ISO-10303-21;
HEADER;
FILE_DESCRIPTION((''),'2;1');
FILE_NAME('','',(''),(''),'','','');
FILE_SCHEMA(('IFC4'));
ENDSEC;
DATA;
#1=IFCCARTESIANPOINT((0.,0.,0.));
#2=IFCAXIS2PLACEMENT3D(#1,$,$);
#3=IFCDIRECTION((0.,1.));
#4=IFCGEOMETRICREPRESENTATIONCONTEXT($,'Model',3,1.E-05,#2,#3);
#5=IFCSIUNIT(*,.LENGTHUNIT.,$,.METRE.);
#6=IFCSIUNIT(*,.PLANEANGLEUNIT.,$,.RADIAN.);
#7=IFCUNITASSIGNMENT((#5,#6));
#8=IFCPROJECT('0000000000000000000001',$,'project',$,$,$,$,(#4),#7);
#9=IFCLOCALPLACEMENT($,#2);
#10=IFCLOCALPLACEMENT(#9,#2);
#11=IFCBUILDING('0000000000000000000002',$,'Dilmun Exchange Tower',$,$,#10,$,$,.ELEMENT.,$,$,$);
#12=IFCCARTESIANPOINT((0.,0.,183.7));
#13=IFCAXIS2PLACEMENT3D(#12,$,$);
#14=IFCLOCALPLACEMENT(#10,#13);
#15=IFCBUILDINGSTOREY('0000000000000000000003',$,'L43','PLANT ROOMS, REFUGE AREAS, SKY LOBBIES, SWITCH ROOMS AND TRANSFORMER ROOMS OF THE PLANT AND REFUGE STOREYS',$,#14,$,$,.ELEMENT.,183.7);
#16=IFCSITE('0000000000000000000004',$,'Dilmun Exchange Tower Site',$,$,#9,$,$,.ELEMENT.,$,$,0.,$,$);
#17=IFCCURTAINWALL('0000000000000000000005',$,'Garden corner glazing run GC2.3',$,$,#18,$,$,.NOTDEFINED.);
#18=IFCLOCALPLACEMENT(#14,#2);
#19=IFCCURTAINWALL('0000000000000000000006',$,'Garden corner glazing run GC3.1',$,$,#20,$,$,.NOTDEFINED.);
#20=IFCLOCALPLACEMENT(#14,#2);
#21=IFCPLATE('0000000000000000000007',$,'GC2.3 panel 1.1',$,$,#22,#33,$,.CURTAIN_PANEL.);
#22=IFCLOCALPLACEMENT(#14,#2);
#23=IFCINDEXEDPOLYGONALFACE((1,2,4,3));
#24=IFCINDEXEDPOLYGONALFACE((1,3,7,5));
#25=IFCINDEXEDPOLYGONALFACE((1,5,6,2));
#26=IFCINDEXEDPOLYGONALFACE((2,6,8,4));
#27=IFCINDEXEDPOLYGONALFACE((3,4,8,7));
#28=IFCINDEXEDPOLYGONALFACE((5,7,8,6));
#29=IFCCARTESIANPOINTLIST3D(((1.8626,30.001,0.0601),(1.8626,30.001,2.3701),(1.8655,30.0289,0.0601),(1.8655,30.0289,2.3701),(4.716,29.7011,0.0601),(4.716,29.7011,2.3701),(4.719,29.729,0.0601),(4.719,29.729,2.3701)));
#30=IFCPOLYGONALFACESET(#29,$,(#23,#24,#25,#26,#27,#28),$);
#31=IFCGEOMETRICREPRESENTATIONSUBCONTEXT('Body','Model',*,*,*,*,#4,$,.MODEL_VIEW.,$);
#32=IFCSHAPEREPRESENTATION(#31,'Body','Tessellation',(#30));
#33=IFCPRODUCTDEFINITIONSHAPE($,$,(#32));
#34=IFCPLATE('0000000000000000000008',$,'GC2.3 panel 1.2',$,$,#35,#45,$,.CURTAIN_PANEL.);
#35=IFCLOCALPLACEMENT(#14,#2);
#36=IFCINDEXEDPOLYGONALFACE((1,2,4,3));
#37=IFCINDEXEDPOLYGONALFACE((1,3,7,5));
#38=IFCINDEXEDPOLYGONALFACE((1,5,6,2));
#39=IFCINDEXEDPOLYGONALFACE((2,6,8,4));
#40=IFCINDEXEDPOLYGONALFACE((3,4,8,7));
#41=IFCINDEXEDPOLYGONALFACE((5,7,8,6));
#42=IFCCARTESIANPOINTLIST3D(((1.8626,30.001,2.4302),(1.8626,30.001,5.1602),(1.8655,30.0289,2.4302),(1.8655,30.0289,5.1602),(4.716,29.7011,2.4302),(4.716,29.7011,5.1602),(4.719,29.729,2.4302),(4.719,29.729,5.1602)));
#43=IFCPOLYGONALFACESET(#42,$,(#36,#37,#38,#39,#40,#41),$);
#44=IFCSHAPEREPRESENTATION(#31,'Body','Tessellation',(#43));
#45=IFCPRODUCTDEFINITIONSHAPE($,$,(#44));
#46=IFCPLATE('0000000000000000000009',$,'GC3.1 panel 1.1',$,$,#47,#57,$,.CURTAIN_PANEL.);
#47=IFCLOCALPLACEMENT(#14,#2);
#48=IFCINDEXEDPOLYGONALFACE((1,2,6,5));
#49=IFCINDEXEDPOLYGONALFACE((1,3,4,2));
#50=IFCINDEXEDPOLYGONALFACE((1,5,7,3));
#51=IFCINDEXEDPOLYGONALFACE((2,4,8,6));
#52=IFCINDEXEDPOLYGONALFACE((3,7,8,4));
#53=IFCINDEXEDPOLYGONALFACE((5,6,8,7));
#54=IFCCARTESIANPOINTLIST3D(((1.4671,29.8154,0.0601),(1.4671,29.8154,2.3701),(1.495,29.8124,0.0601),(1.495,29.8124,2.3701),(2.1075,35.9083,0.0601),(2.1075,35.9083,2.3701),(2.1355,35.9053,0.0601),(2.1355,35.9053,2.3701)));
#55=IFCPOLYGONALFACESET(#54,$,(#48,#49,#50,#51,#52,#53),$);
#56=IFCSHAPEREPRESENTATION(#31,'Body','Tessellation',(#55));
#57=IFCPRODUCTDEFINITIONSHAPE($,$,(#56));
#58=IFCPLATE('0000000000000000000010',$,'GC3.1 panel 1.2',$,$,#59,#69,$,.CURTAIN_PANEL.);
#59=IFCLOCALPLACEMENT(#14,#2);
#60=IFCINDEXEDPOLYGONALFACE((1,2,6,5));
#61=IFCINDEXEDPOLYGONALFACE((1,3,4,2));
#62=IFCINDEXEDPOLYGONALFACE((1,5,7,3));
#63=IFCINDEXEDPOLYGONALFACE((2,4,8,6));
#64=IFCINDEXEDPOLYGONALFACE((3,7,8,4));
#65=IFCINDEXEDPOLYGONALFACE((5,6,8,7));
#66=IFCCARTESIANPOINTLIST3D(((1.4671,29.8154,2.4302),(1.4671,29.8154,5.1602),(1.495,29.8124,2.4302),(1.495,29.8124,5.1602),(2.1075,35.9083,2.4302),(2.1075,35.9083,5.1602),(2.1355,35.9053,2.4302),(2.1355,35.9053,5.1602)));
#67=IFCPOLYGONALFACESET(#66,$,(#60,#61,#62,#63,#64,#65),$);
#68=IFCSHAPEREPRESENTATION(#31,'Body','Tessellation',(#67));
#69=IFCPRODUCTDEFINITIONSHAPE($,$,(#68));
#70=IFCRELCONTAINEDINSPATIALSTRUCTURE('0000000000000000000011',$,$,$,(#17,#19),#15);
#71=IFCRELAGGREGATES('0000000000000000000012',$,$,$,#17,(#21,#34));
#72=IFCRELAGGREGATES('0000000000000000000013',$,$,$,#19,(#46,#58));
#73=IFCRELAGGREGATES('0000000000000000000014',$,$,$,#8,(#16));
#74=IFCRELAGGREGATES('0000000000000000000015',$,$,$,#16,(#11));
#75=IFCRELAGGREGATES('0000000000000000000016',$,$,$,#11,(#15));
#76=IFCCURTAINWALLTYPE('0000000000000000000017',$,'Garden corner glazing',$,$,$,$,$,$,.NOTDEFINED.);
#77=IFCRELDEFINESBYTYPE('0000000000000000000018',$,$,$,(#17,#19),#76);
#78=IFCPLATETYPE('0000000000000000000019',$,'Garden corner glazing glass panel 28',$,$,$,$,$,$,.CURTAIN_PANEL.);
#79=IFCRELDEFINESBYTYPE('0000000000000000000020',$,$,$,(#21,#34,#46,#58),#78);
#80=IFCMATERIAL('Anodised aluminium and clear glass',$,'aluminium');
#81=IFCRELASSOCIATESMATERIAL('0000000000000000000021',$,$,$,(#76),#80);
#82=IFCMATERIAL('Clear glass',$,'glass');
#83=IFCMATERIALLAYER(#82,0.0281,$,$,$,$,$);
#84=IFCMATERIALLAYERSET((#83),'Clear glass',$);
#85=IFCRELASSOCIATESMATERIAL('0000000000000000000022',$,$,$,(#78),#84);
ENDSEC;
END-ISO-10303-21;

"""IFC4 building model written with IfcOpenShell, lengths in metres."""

from ifc_helpers import new_model, si_unit, direction, frame, origin, origin_2d, place, context, subcontext, project, spatial, rectangle, extrude, material, layer, layer_set, type_object, element, aggregate, save


model = new_model("IFC4")

# Units and contexts
model_context = context("Model", 3, precision=1e-05, world=origin(), true_north=direction((0.0, 1.0)))
body_context = subcontext(model_context, "Body", "Model", "MODEL_VIEW")
ifc_project = project(units=[si_unit("LENGTHUNIT", "METRE"), si_unit("PLANEANGLEUNIT", "RADIAN")], contexts=[model_context])

# Site, building, storey
site_placement = place(None, origin())
site = spatial("IfcSite", under=ifc_project, at=site_placement, Name="Dilmun Exchange Tower Site", CompositionType="ELEMENT", RefElevation=0.0)
building_placement = place(site_placement, origin())
building = spatial("IfcBuilding", under=site, at=building_placement, Name="Dilmun Exchange Tower", CompositionType="ELEMENT")
storey_placement = place(building_placement, frame((0.0, 0.0, 183.7)))
storey = spatial("IfcBuildingStorey", under=building, at=storey_placement, Name="L43", Description="PLANT ROOMS, REFUGE AREAS, SKY LOBBIES, SWITCH ROOMS AND TRANSFORMER ROOMS OF THE PLANT AND REFUGE STOREYS", CompositionType="ELEMENT", Elevation=183.7)

# Curtain wall
ifc_material_1 = material(Name="Anodised aluminium and clear glass", Category="aluminium")
curtain_wall_type = type_object("IfcCurtainWallType", Name="Garden corner glazing", PredefinedType="NOTDEFINED", material=ifc_material_1)
curtain_wall_1_placement = place(storey_placement, origin())
curtain_wall_1 = element("IfcCurtainWall", 1, at=curtain_wall_1_placement, inside=storey, type_object=curtain_wall_type, Name="Garden corner glazing run GC2.3", PredefinedType="NOTDEFINED")

# Curtain wall
curtain_wall_2_placement = place(storey_placement, origin())
curtain_wall_2 = element("IfcCurtainWall", 2, at=curtain_wall_2_placement, inside=storey, type_object=curtain_wall_type, Name="Garden corner glazing run GC3.1", PredefinedType="NOTDEFINED")

# Plates
ifc_material_2 = material(Name="Clear glass", Category="glass")
ifc_layer_1 = layer(ifc_material_2, 0.0281)
ifc_layer_set_1 = layer_set([ifc_layer_1], Name="Clear glass")
plate_type = type_object("IfcPlateType", Name="Garden corner glazing glass panel 28", PredefinedType="CURTAIN_PANEL", material=ifc_layer_set_1)
plate_1_placement = place(storey_placement, frame((3.2908, 29.865, 0.0601), z_axis=(0.0, 0.0, 1.0), x_axis=(-0.994524, 0.104511, 0.0)))
plate_1 = element("IfcPlate", 3, at=plate_1_placement, type_object=plate_type, Name="GC2.3 panel 1.1", PredefinedType="CURTAIN_PANEL", context=body_context, shape_type="SweptSolid", body=[
    extrude(rectangle(XDim=2.8691, YDim=0.0281, at=origin_2d()), origin(), (0.0, 0.0, 1.0), 2.3101),
])
plate_2_placement = place(storey_placement, frame((3.2908, 29.865, 2.4302), z_axis=(0.0, 0.0, 1.0), x_axis=(-0.994524, 0.104511, 0.0)))
plate_2 = element("IfcPlate", 4, at=plate_2_placement, type_object=plate_type, Name="GC2.3 panel 1.2", PredefinedType="CURTAIN_PANEL", context=body_context, shape_type="SweptSolid", body=[
    extrude(rectangle(XDim=2.8691, YDim=0.0281, at=origin_2d()), origin(), (0.0, 0.0, 1.0), 2.73),
])
aggregate(curtain_wall_1, [plate_1, plate_2])
plate_3_placement = place(storey_placement, frame((1.8013, 32.8604, 0.0601), z_axis=(0.0, 0.0, 1.0), x_axis=(0.104538, 0.994521, 0.0)))
plate_3 = element("IfcPlate", 5, at=plate_3_placement, type_object=plate_type, Name="GC3.1 panel 1.1", PredefinedType="CURTAIN_PANEL", context=body_context, shape_type="SweptSolid", body=[
    extrude(rectangle(XDim=6.1265, YDim=0.0281, at=origin_2d()), origin(), (0.0, 0.0, 1.0), 2.3101),
])
plate_4_placement = place(storey_placement, frame((1.8013, 32.8604, 2.4302), z_axis=(0.0, 0.0, 1.0), x_axis=(0.104538, 0.994521, 0.0)))
plate_4 = element("IfcPlate", 6, at=plate_4_placement, type_object=plate_type, Name="GC3.1 panel 1.2", PredefinedType="CURTAIN_PANEL", context=body_context, shape_type="SweptSolid", body=[
    extrude(rectangle(XDim=6.1265, YDim=0.0281, at=origin_2d()), origin(), (0.0, 0.0, 1.0), 2.73),
])
aggregate(curtain_wall_2, [plate_3, plate_4])

save(model, "model.ifc")
